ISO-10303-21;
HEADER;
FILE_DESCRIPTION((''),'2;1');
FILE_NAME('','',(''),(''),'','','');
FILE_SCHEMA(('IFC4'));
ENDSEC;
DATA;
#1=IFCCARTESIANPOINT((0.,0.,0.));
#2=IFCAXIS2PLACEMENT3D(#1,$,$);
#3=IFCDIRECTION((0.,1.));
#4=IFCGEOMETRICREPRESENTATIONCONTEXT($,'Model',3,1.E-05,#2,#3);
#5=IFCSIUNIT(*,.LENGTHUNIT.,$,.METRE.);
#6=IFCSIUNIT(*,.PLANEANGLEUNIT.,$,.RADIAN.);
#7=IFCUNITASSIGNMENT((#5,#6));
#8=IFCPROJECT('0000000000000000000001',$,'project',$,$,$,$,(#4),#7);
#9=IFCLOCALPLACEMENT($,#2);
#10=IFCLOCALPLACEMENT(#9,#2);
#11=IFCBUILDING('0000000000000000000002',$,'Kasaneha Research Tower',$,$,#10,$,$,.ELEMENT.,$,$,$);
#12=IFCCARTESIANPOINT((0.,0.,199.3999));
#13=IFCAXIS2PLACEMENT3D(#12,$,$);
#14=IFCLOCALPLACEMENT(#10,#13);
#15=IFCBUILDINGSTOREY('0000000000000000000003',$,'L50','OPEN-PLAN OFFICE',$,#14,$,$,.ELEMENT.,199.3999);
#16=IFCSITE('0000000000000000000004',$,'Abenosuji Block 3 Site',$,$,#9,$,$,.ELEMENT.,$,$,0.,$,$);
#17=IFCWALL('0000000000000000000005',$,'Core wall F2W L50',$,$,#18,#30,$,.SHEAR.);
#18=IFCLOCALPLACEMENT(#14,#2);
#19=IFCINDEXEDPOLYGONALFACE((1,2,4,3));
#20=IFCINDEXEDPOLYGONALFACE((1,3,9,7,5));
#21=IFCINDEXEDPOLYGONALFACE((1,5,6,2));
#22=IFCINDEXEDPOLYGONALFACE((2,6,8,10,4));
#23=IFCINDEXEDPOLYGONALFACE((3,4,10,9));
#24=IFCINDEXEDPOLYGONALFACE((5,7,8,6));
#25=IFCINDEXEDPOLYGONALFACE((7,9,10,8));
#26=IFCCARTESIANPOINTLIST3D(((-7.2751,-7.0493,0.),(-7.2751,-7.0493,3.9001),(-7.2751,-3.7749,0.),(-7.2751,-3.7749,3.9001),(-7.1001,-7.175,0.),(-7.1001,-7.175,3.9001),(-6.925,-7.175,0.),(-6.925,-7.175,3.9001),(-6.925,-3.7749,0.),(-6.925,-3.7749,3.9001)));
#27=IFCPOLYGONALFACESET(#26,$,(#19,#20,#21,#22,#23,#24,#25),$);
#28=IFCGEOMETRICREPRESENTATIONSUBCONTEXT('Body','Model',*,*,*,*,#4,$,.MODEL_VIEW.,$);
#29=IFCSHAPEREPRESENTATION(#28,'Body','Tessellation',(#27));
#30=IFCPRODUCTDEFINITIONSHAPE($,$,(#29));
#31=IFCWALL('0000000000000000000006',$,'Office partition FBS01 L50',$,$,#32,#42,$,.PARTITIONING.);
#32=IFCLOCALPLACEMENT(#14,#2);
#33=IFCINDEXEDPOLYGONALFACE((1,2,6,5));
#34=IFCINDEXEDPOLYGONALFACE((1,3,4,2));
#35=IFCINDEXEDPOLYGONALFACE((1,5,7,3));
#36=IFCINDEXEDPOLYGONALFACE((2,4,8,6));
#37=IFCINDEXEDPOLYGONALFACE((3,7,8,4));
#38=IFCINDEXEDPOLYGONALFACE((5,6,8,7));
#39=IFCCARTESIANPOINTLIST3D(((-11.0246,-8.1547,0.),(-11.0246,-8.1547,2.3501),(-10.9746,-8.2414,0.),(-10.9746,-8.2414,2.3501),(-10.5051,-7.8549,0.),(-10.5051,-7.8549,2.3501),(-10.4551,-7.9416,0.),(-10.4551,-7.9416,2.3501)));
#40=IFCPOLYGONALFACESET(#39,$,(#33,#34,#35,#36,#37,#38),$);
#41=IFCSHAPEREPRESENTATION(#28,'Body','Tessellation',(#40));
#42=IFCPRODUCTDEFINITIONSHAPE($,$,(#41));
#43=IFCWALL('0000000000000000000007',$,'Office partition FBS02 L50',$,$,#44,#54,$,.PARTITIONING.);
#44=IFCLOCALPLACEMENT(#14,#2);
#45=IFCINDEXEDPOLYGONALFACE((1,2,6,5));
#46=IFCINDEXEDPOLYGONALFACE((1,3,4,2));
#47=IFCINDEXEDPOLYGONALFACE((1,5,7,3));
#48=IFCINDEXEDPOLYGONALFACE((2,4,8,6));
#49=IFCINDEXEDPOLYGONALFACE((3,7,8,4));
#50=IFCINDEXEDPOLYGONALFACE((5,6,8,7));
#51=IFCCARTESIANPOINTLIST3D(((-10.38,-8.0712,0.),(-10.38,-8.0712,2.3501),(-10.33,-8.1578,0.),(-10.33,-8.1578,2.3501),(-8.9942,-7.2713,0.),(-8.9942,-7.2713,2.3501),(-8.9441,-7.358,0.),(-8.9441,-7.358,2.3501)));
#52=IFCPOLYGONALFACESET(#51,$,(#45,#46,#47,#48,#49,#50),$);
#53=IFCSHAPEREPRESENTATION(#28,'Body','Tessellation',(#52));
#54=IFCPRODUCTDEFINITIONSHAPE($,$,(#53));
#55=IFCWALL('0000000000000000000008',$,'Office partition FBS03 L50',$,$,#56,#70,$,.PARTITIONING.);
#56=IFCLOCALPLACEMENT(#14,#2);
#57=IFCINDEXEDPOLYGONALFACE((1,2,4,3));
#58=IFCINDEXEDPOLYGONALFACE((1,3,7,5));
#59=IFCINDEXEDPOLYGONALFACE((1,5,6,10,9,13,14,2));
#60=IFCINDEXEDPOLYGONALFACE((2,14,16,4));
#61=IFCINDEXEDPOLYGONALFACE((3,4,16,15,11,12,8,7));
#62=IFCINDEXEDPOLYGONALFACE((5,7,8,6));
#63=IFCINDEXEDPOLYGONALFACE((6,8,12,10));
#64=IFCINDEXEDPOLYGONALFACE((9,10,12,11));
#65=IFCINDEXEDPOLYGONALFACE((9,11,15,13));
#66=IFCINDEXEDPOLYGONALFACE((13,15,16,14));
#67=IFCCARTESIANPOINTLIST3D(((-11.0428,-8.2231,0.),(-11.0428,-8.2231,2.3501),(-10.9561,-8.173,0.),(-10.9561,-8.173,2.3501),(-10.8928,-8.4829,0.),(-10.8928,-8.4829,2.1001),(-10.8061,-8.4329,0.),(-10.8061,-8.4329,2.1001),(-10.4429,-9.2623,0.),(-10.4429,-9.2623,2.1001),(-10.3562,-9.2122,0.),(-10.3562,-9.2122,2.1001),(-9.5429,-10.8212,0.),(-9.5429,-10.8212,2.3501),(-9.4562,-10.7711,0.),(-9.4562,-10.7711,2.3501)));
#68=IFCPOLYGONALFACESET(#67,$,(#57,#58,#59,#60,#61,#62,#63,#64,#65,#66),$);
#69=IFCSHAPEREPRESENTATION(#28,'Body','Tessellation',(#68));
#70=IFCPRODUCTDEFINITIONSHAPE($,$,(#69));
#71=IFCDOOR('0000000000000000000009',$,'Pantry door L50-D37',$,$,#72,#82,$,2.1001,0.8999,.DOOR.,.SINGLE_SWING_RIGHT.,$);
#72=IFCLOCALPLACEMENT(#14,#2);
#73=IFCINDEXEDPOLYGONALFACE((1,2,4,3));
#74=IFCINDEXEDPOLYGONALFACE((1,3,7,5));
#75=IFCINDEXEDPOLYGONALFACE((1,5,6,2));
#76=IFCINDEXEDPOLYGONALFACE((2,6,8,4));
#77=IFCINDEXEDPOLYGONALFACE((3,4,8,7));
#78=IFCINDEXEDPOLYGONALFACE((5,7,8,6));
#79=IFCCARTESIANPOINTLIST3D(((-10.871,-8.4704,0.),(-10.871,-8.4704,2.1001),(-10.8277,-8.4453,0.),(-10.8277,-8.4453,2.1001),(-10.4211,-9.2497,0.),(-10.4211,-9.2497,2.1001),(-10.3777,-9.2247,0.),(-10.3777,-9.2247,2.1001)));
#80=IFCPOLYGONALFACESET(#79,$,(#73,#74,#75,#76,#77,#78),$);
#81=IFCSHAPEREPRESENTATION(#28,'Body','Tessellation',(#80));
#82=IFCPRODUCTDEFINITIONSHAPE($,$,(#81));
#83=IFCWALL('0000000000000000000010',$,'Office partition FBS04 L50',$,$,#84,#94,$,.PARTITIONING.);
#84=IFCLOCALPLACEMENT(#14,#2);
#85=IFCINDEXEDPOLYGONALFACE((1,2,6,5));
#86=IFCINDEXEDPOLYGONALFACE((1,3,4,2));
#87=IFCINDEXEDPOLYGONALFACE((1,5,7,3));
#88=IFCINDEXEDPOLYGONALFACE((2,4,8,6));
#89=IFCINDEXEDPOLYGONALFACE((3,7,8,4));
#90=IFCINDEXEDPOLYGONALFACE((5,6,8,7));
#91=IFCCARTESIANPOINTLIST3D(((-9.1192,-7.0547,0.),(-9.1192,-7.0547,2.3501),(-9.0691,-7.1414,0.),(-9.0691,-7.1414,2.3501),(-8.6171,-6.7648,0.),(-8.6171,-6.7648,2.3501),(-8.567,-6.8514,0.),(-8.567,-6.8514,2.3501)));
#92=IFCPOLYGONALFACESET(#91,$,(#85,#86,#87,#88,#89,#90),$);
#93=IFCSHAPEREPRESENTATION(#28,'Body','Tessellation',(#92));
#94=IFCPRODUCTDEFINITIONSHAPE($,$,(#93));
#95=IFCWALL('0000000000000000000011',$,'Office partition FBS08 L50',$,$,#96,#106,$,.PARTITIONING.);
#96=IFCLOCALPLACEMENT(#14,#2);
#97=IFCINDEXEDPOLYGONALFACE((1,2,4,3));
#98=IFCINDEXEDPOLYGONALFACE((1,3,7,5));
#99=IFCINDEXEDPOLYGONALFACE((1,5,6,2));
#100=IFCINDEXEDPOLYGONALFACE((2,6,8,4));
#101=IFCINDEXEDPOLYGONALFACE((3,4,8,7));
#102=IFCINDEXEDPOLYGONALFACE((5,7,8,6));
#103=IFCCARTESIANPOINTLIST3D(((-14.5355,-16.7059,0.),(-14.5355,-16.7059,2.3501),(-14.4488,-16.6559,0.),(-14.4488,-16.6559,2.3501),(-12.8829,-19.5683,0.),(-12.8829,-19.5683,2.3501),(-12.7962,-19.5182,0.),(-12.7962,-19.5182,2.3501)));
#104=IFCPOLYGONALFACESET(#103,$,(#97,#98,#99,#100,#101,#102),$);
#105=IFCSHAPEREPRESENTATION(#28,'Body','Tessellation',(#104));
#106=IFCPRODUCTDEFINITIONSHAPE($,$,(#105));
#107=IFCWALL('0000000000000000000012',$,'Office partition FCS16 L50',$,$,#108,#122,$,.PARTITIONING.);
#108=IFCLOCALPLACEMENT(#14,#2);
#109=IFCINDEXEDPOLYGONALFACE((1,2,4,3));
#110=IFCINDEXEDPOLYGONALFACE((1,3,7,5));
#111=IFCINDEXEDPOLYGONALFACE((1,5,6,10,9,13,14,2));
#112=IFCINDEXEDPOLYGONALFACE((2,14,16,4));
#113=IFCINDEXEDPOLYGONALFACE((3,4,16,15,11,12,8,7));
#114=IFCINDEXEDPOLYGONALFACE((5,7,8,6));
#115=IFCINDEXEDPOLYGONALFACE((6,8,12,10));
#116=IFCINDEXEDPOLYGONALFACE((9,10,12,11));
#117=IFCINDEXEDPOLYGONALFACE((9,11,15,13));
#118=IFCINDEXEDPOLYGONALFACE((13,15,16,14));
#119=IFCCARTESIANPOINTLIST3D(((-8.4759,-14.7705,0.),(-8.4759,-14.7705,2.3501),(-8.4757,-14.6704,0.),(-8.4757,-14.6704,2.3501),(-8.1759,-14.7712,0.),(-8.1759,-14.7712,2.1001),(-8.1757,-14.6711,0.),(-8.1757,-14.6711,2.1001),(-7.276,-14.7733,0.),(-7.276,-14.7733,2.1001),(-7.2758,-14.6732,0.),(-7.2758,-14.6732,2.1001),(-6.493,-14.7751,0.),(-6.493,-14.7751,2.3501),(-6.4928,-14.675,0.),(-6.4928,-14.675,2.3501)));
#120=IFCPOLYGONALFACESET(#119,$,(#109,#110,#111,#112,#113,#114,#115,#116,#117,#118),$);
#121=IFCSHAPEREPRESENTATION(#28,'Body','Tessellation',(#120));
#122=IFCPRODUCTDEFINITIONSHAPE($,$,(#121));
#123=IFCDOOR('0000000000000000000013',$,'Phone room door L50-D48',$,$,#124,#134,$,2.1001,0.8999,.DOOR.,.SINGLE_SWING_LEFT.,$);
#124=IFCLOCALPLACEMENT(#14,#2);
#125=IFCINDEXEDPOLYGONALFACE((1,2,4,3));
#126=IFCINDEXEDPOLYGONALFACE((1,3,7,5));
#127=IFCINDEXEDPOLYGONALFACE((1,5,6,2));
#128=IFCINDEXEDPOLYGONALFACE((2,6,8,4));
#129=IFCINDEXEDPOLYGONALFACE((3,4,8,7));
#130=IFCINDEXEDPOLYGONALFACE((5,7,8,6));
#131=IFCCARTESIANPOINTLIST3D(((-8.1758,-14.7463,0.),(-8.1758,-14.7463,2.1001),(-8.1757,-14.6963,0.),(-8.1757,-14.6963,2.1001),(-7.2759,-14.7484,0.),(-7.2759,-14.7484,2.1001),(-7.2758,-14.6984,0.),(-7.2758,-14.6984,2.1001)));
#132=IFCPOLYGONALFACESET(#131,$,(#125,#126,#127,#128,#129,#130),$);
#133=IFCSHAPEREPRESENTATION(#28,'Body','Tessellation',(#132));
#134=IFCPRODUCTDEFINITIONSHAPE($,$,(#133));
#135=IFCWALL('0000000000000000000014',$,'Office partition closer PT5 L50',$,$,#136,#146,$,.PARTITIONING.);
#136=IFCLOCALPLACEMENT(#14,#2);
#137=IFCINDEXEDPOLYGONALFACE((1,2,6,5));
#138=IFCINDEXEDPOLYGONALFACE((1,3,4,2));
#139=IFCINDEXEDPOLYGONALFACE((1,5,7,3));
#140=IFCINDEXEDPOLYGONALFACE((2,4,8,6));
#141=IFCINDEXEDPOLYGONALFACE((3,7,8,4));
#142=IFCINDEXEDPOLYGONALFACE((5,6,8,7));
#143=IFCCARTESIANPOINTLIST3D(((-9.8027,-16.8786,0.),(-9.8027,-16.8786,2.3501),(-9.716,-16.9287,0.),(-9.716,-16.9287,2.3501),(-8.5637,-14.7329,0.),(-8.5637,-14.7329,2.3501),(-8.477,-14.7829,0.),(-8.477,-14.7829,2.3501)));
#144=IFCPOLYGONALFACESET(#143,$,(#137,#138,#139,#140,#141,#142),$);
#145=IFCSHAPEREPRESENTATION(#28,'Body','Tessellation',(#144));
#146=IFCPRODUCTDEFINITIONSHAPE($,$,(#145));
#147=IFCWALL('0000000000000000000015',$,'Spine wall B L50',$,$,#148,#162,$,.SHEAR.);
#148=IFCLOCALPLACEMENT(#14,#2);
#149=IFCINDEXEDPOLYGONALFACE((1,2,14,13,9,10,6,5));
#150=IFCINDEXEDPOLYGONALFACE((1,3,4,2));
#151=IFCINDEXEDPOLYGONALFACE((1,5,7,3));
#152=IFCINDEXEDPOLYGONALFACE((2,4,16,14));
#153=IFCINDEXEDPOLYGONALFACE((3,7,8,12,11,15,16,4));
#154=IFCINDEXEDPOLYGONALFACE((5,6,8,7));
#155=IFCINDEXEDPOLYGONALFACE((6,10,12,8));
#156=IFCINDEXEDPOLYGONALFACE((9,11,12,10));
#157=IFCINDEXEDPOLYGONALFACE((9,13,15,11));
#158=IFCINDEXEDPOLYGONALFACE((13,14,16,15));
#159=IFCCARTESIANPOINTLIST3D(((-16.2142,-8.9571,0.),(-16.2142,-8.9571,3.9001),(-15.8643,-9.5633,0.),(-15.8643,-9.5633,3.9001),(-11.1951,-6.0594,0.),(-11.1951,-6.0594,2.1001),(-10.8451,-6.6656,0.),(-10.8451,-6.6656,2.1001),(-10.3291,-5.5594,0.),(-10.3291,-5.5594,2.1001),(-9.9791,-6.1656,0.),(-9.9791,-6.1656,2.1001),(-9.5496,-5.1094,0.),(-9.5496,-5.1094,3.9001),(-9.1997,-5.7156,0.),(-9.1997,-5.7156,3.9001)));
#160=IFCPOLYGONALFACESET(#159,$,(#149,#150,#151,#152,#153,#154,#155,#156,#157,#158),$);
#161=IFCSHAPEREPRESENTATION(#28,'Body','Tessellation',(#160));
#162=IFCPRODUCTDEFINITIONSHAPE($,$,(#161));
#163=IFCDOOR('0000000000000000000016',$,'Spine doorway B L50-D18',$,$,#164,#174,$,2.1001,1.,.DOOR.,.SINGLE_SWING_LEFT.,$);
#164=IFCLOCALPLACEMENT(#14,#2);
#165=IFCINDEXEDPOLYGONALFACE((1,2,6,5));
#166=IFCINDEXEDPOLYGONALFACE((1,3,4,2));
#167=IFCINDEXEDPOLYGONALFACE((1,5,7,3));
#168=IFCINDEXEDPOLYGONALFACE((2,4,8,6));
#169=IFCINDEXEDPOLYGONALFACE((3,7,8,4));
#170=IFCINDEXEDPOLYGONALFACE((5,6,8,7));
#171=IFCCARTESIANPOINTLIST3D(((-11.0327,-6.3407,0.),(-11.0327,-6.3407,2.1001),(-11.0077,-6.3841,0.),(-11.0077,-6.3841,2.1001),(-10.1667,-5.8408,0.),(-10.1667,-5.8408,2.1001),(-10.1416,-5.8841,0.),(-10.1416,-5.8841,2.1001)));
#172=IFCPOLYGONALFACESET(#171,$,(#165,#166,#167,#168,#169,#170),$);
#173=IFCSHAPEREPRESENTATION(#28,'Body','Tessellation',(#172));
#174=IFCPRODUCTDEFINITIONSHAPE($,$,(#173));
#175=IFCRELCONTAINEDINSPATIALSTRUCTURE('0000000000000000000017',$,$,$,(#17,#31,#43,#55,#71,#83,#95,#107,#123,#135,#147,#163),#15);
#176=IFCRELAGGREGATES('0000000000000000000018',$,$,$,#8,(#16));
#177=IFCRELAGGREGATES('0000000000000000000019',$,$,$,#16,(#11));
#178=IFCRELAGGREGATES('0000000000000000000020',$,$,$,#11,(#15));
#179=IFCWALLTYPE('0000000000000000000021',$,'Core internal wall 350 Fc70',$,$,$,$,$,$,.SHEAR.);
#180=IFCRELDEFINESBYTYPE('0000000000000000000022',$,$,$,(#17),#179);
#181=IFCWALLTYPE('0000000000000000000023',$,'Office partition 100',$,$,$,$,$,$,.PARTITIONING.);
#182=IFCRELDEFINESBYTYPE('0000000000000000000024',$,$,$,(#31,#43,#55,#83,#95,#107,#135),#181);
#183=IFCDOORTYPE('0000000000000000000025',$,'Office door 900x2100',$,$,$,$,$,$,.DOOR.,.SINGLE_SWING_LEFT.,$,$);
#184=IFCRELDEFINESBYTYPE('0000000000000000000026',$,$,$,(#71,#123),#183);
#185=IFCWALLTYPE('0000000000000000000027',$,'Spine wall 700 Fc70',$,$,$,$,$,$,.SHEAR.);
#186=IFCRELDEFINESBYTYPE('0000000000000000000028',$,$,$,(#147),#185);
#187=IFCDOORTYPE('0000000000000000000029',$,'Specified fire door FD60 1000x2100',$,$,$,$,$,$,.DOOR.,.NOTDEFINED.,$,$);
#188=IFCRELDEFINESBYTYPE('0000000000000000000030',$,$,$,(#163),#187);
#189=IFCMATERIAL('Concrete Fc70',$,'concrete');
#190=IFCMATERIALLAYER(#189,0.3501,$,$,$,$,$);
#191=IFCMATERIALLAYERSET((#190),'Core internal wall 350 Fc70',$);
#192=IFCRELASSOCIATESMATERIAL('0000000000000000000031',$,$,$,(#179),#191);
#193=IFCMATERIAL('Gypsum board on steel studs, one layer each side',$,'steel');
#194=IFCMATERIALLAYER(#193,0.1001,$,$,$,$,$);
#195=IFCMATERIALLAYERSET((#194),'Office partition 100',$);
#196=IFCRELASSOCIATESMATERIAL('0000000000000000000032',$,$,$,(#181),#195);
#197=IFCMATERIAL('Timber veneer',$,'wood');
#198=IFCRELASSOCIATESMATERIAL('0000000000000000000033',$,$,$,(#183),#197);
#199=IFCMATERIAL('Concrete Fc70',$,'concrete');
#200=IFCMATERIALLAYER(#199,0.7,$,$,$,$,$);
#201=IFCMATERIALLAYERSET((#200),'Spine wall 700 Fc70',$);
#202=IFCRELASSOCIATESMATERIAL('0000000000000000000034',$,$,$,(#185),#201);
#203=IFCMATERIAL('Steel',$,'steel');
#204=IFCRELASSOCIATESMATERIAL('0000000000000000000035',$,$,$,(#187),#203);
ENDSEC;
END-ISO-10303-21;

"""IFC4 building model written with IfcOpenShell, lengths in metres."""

from ifc_helpers import new_model, si_unit, direction, frame, frame_2d, origin, place, context, subcontext, project, spatial, polyline, rectangle, outline, extrude, material, layer, layer_set, type_object, element, fill, save


model = new_model("IFC4")

# Units and contexts
model_context = context("Model", 3, precision=1e-05, world=origin(), true_north=direction((0.0, 1.0)))
body_context = subcontext(model_context, "Body", "Model", "MODEL_VIEW")
ifc_project = project(units=[si_unit("LENGTHUNIT", "METRE"), si_unit("PLANEANGLEUNIT", "RADIAN")], contexts=[model_context])

# Site, building, storey
site_placement = place(None, origin())
site = spatial("IfcSite", under=ifc_project, at=site_placement, Name="Abenosuji Block 3 Site", CompositionType="ELEMENT", RefElevation=0.0)
building_placement = place(site_placement, origin())
building = spatial("IfcBuilding", under=site, at=building_placement, Name="Kasaneha Research Tower", CompositionType="ELEMENT")
storey_placement = place(building_placement, frame((0.0, 0.0, 199.3999)))
storey = spatial("IfcBuildingStorey", under=building, at=storey_placement, Name="L50", Description="OPEN-PLAN OFFICE", CompositionType="ELEMENT", Elevation=199.3999)

# Walls
ifc_material_1 = material(Name="Concrete Fc70", Category="concrete")
ifc_layer_1 = layer(ifc_material_1, 0.3501)
ifc_layer_set_1 = layer_set([ifc_layer_1], Name="Core internal wall 350 Fc70")
wall_type_1 = type_object("IfcWallType", Name="Core internal wall 350 Fc70", PredefinedType="SHEAR", material=ifc_layer_set_1)
wall_1_placement = place(storey_placement, frame((-7.1001, -3.7749, 0.0), z_axis=(0.0, 0.0, 1.0), x_axis=(0.0, -1.0, 0.0)))
element("IfcWall", 1, at=wall_1_placement, inside=storey, type_object=wall_type_1, Name="Core wall F2W L50", PredefinedType="SHEAR", context=body_context, shape_type="SweptSolid", body=[
    extrude(outline(polyline([(0.0, -0.175), (3.2744, -0.175), (3.4001, 0.0), (3.4001, 0.175), (0.0, 0.175), (0.0, -0.175)])), origin(), (0.0, 0.0, 1.0), 3.9001),
])
ifc_material_2 = material(Name="Gypsum board on steel studs, one layer each side", Category="steel")
ifc_layer_2 = layer(ifc_material_2, 0.1001)
ifc_layer_set_2 = layer_set([ifc_layer_2], Name="Office partition 100")
wall_type_2 = type_object("IfcWallType", Name="Office partition 100", PredefinedType="PARTITIONING", material=ifc_layer_set_2)
wall_2_placement = place(storey_placement, frame((-10.9995, -8.198, 0.0), z_axis=(0.0, 0.0, 1.0), x_axis=(0.866131, 0.499816, 0.0)))
element("IfcWall", 2, at=wall_2_placement, inside=storey, type_object=wall_type_2, Name="Office partition FBS01 L50", PredefinedType="PARTITIONING", context=body_context, shape_type="SweptSolid", body=[
    extrude(rectangle(XDim=0.5999, YDim=0.1001, at=frame_2d((0.2998, 0.0))), origin(), (0.0, 0.0, 1.0), 2.3501),
])
wall_3_placement = place(storey_placement, frame((-10.355, -8.1145, 0.0), z_axis=(0.0, 0.0, 1.0), x_axis=(0.866094, 0.499881, 0.0)))
element("IfcWall", 3, at=wall_3_placement, inside=storey, type_object=wall_type_2, Name="Office partition FBS02 L50", PredefinedType="PARTITIONING", context=body_context, shape_type="SweptSolid", body=[
    extrude(rectangle(XDim=1.6001, YDim=0.1001, at=frame_2d((0.8, 0.0))), origin(), (0.0, 0.0, 1.0), 2.3501),
])

# Wall, opening, door
wall_4_placement = place(storey_placement, frame((-9.4995, -10.7961, 0.0), z_axis=(0.0, 0.0, 1.0), x_axis=(-0.49999, 0.866031, 0.0)))
wall_4 = element("IfcWall", 4, at=wall_4_placement, inside=storey, type_object=wall_type_2, Name="Office partition FBS03 L50", PredefinedType="PARTITIONING", context=body_context, shape_type="SweptSolid", body=[
    extrude(rectangle(XDim=3.0, YDim=0.1001, at=frame_2d((1.5, 0.0))), origin(), (0.0, 0.0, 1.0), 2.3501),
])
opening_1_placement = place(wall_4_placement, frame((1.8, 0.0, 0.0)))
opening_1 = element("IfcOpeningElement", 5, at=opening_1_placement, cuts=wall_4, PredefinedType="OPENING", context=body_context, shape_type="SweptSolid", body=[
    extrude(rectangle(XDim=0.8999, YDim=2.1001, at=frame_2d((0.45, 1.05))), frame((0.0, 0.0601, 0.0), z_axis=(0.0, -1.0, 0.0), x_axis=(1.0, 0.0, 0.0)), (0.0, 0.0, 1.0), 0.1201),
])
ifc_material_3 = material(Name="Timber veneer", Category="wood")
door_type_1 = type_object("IfcDoorType", Name="Office door 900x2100", OperationType="SINGLE_SWING_LEFT", PredefinedType="DOOR", material=ifc_material_3)
door_1_placement = place(opening_1_placement, origin())
door_1 = element("IfcDoor", 6, at=door_1_placement, inside=storey, type_object=door_type_1, Name="Pantry door L50-D37", OperationType="SINGLE_SWING_RIGHT", OverallHeight=2.1001, OverallWidth=0.8999, PredefinedType="DOOR", context=body_context, shape_type="SweptSolid", body=[
    extrude(rectangle(XDim=0.8999, YDim=2.1001, at=frame_2d((0.45, 1.05))), frame((0.0, 0.0249, 0.0), z_axis=(0.0, -1.0, 0.0), x_axis=(1.0, 0.0, 0.0)), (0.0, 0.0, 1.0), 0.05),
])
fill(opening_1, door_1)

# Walls
wall_5_placement = place(storey_placement, frame((-9.0942, -7.0981, 0.0), z_axis=(0.0, 0.0, 1.0), x_axis=(0.865954, 0.500123, 0.0)))
element("IfcWall", 7, at=wall_5_placement, inside=storey, type_object=wall_type_2, Name="Office partition FBS04 L50", PredefinedType="PARTITIONING", context=body_context, shape_type="SweptSolid", body=[
    extrude(rectangle(XDim=0.5798, YDim=0.1001, at=frame_2d((0.29, 0.0))), origin(), (0.0, 0.0, 1.0), 2.3501),
])
wall_6_placement = place(storey_placement, frame((-14.4922, -16.6809, 0.0), z_axis=(0.0, 0.0, 1.0), x_axis=(0.500008, -0.866021, 0.0)))
element("IfcWall", 8, at=wall_6_placement, inside=storey, type_object=wall_type_2, Name="Office partition FBS08 L50", PredefinedType="PARTITIONING", context=body_context, shape_type="SweptSolid", body=[
    extrude(rectangle(XDim=3.3052, YDim=0.1001, at=frame_2d((1.6526, 0.0))), origin(), (0.0, 0.0, 1.0), 2.3501),
])

# Wall, opening, door
wall_7_placement = place(storey_placement, frame((-8.4758, -14.7205, 0.0), z_axis=(0.0, 0.0, 1.0), x_axis=(0.999997, -0.002339, 0.0)))
wall_7 = element("IfcWall", 9, at=wall_7_placement, inside=storey, type_object=wall_type_2, Name="Office partition FCS16 L50", PredefinedType="PARTITIONING", context=body_context, shape_type="SweptSolid", body=[
    extrude(rectangle(XDim=1.9829, YDim=0.1001, at=frame_2d((0.9915, 0.0))), origin(), (0.0, 0.0, 1.0), 2.3501),
])
opening_2_placement = place(wall_7_placement, frame((0.3, 0.0, 0.0)))
opening_2 = element("IfcOpeningElement", 10, at=opening_2_placement, cuts=wall_7, PredefinedType="OPENING", context=body_context, shape_type="SweptSolid", body=[
    extrude(rectangle(XDim=0.8999, YDim=2.1001, at=frame_2d((0.45, 1.05))), frame((0.0, 0.0601, 0.0), z_axis=(0.0, -1.0, 0.0), x_axis=(1.0, 0.0, 0.0)), (0.0, 0.0, 1.0), 0.1201),
])
door_2_placement = place(opening_2_placement, origin())
door_2 = element("IfcDoor", 11, at=door_2_placement, inside=storey, type_object=door_type_1, Name="Phone room door L50-D48", OperationType="SINGLE_SWING_LEFT", OverallHeight=2.1001, OverallWidth=0.8999, PredefinedType="DOOR", context=body_context, shape_type="SweptSolid", body=[
    extrude(rectangle(XDim=0.8999, YDim=2.1001, at=frame_2d((0.45, 1.05))), frame((0.0, 0.0249, 0.0), z_axis=(0.0, -1.0, 0.0), x_axis=(1.0, 0.0, 0.0)), (0.0, 0.0, 1.0), 0.05),
])
fill(opening_2, door_2)

# Wall
wall_8_placement = place(storey_placement, frame((-9.7593, -16.9036, 0.0), z_axis=(0.0, 0.0, 1.0), x_axis=(0.500049, 0.865997, 0.0)))
element("IfcWall", 12, at=wall_8_placement, inside=storey, type_object=wall_type_2, Name="Office partition closer PT5 L50", PredefinedType="PARTITIONING", context=body_context, shape_type="SweptSolid", body=[
    extrude(rectangle(XDim=2.4778, YDim=0.1001, at=frame_2d((1.2388, 0.0))), origin(), (0.0, 0.0, 1.0), 2.3501),
])

# Wall, opening, door
ifc_material_4 = material(Name="Concrete Fc70", Category="concrete")
ifc_layer_3 = layer(ifc_material_4, 0.7)
ifc_layer_set_3 = layer_set([ifc_layer_3], Name="Spine wall 700 Fc70")
wall_type_3 = type_object("IfcWallType", Name="Spine wall 700 Fc70", PredefinedType="SHEAR", material=ifc_layer_set_3)
wall_9_placement = place(storey_placement, frame((-9.3748, -5.4126, 0.0), z_axis=(0.0, 0.0, 1.0), x_axis=(-0.866032, -0.499988, 0.0)))
wall_9 = element("IfcWall", 13, at=wall_9_placement, inside=storey, type_object=wall_type_3, Name="Spine wall B L50", PredefinedType="SHEAR", context=body_context, shape_type="SweptSolid", body=[
    extrude(rectangle(XDim=7.6956, YDim=0.7, at=frame_2d((3.8477, 0.0))), origin(), (0.0, 0.0, 1.0), 3.9001),
])
opening_3_placement = place(wall_9_placement, frame((0.8999, 0.0, 0.0)))
opening_3 = element("IfcOpeningElement", 14, at=opening_3_placement, cuts=wall_9, PredefinedType="OPENING", context=body_context, shape_type="SweptSolid", body=[
    extrude(rectangle(XDim=1.0, YDim=2.1001, at=frame_2d((0.5, 1.05))), frame((0.0, 0.3599, 0.0), z_axis=(0.0, -1.0, 0.0), x_axis=(1.0, 0.0, 0.0)), (0.0, 0.0, 1.0), 0.72),
])
ifc_material_5 = material(Name="Steel", Category="steel")
door_type_2 = type_object("IfcDoorType", Name="Specified fire door FD60 1000x2100", OperationType="NOTDEFINED", PredefinedType="DOOR", material=ifc_material_5)
door_3_placement = place(opening_3_placement, origin())
door_3 = element("IfcDoor", 15, at=door_3_placement, inside=storey, type_object=door_type_2, Name="Spine doorway B L50-D18", OperationType="SINGLE_SWING_LEFT", OverallHeight=2.1001, OverallWidth=1.0, PredefinedType="DOOR", context=body_context, shape_type="SweptSolid", body=[
    extrude(rectangle(XDim=1.0, YDim=2.1001, at=frame_2d((0.5, 1.05))), frame((0.0, 0.0249, 0.0), z_axis=(0.0, -1.0, 0.0), x_axis=(1.0, 0.0, 0.0)), (0.0, 0.0, 1.0), 0.05),
])
fill(opening_3, door_3)

save(model, "model.ifc")
